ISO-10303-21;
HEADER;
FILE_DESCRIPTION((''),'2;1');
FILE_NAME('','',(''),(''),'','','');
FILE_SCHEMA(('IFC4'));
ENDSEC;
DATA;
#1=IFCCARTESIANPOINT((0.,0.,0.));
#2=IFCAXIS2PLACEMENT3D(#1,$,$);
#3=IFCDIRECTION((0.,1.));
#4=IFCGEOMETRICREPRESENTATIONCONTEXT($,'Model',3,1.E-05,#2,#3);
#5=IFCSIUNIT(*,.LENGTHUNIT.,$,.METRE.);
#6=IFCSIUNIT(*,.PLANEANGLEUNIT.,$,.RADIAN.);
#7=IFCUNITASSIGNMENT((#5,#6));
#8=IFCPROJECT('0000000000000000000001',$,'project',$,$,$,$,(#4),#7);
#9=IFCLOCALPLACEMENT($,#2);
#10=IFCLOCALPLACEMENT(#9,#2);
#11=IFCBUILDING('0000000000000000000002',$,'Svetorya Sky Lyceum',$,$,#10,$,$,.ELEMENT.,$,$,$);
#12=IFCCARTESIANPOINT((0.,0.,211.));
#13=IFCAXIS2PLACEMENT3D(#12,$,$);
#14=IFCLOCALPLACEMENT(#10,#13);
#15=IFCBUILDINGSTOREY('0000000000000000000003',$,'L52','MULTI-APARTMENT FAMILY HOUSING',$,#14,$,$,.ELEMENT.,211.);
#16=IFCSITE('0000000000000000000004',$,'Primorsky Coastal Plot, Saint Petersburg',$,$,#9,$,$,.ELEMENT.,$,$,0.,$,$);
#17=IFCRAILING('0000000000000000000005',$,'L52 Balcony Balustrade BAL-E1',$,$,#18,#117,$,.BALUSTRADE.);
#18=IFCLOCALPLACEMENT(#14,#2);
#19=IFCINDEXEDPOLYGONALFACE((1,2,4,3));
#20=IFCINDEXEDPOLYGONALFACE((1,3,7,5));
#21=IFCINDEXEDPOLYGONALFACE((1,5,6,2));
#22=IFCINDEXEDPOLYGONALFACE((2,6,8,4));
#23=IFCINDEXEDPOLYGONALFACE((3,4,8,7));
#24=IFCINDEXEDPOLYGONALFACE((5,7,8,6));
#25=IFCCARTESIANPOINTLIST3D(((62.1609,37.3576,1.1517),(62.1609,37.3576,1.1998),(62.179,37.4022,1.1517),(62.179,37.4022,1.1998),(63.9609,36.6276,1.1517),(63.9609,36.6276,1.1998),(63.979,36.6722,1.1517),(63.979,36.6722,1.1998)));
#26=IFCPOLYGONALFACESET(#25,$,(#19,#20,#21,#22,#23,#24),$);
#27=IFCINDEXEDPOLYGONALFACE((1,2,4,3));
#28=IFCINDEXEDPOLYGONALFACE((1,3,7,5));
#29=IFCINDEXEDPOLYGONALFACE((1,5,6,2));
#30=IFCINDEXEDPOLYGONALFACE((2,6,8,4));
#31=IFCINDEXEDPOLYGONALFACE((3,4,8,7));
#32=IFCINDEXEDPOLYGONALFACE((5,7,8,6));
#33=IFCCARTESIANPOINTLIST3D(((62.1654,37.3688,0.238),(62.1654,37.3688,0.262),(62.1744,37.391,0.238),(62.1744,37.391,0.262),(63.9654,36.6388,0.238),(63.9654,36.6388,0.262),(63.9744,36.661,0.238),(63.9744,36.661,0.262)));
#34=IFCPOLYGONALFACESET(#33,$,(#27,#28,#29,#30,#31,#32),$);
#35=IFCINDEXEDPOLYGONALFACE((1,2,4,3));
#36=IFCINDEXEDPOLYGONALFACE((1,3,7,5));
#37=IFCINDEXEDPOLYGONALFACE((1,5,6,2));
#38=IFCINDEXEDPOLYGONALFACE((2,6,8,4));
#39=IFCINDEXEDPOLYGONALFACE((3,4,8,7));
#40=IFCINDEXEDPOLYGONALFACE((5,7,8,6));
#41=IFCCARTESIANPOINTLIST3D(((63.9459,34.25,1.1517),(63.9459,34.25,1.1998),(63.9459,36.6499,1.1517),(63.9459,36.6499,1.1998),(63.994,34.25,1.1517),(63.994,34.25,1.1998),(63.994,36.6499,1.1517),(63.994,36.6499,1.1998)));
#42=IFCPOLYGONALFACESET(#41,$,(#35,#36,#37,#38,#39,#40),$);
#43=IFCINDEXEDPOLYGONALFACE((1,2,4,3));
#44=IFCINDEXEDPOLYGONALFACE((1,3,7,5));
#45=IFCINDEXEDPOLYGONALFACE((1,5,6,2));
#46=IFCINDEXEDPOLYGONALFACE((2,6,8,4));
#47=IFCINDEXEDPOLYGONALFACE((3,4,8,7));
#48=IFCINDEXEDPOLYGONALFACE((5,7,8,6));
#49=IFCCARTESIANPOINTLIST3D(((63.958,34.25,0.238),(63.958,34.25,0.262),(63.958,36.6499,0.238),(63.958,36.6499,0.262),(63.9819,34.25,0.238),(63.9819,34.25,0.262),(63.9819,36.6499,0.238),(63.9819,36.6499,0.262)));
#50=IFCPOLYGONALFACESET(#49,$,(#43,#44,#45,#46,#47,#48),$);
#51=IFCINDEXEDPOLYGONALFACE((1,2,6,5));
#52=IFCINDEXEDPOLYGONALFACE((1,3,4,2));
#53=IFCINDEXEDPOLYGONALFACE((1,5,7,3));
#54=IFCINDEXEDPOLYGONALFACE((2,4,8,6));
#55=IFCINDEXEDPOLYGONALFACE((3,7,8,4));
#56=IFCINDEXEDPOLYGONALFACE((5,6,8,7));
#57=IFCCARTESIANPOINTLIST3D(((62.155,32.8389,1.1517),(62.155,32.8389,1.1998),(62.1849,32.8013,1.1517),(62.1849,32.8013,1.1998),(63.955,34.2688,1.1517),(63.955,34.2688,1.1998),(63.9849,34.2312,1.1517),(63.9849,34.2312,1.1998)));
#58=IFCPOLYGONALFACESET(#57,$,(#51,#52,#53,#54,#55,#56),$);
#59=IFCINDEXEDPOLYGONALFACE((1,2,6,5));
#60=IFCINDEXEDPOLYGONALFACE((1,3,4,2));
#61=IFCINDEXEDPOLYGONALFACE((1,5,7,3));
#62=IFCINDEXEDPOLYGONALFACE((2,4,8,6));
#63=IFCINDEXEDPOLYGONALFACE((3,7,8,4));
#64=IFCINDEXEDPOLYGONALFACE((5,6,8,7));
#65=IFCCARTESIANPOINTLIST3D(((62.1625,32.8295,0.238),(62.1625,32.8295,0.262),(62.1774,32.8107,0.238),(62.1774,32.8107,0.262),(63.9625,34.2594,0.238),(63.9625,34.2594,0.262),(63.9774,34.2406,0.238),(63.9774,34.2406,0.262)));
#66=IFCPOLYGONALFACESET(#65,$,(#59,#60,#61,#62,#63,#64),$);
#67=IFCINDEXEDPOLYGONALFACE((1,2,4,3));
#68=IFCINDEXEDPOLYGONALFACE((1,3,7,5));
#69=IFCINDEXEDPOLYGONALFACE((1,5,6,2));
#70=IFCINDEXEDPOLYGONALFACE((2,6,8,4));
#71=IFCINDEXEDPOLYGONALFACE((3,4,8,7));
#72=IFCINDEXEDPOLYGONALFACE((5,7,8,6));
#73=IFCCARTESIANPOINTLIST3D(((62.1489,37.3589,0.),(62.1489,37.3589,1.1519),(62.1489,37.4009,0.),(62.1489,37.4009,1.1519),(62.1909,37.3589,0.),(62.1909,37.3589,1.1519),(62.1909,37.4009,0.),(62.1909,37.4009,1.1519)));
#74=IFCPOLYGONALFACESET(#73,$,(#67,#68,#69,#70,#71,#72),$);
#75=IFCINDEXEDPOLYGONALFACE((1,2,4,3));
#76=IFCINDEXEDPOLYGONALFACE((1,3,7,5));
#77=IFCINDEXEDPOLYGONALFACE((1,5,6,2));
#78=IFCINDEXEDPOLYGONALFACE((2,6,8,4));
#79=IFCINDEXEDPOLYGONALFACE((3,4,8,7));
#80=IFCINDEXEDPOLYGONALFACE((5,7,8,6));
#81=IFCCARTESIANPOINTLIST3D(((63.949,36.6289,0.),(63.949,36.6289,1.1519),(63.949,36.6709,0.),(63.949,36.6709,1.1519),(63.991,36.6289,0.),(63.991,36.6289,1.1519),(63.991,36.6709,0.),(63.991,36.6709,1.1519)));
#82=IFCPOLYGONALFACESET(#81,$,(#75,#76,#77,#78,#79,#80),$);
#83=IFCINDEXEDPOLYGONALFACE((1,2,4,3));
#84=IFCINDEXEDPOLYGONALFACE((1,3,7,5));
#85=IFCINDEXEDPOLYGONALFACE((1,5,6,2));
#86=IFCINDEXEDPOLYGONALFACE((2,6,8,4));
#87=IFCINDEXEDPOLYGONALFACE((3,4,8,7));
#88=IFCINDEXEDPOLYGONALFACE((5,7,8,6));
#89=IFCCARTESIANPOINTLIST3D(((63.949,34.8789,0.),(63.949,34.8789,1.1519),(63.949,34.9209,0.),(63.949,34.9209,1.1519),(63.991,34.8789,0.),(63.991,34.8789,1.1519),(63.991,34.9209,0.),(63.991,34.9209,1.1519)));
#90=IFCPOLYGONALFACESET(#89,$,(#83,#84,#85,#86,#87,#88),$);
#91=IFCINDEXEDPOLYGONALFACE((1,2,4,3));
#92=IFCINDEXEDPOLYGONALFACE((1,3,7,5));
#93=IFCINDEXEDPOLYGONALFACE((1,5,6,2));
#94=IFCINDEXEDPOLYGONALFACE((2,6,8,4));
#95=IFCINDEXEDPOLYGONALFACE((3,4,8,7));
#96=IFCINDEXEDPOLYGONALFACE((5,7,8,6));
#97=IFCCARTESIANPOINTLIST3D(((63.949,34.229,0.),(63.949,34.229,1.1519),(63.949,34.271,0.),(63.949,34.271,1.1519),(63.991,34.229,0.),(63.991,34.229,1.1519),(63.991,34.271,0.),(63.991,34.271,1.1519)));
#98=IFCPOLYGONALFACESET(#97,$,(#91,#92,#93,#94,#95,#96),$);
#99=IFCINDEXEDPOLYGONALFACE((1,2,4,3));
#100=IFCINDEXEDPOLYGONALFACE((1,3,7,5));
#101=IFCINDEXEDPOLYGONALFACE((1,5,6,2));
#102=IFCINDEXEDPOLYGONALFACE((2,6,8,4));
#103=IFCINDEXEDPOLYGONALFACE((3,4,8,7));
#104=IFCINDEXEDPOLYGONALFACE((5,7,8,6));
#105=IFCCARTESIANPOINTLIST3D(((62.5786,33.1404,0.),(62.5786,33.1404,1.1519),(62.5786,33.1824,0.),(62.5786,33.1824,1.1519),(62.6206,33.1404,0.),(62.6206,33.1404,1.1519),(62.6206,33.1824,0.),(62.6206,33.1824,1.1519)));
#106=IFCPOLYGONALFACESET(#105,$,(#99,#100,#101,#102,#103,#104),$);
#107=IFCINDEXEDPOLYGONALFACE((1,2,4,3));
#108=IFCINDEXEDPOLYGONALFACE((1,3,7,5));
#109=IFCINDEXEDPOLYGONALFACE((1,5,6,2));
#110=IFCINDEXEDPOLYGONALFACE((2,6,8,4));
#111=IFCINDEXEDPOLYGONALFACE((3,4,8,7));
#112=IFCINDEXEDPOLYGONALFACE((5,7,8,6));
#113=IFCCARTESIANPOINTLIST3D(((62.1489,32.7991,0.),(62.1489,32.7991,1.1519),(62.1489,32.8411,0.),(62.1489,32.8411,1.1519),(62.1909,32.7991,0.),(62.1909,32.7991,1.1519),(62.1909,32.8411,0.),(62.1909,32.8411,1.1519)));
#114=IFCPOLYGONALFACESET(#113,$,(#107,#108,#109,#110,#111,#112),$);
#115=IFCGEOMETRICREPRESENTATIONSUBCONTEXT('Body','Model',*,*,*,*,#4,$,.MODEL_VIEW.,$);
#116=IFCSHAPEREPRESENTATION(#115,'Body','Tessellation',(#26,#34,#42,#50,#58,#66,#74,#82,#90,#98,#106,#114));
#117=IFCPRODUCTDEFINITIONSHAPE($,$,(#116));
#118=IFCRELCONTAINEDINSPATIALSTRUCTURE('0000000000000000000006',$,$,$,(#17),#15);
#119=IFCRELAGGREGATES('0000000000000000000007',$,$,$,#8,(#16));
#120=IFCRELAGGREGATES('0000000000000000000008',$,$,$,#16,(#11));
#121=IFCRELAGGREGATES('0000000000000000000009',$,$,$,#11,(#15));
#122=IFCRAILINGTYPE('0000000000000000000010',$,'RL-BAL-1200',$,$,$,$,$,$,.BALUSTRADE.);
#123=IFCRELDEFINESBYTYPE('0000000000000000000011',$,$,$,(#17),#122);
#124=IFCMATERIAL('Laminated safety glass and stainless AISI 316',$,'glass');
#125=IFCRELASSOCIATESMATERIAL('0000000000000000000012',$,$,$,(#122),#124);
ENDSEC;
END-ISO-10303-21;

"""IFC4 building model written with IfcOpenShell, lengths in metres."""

from ifc_helpers import new_model, si_unit, direction, frame, origin, origin_2d, place, context, subcontext, project, spatial, rectangle, extrude, material, type_object, element, save


model = new_model("IFC4")

# Units and contexts
model_context = context("Model", 3, precision=1e-05, world=origin(), true_north=direction((0.0, 1.0)))
body_context = subcontext(model_context, "Body", "Model", "MODEL_VIEW")
ifc_project = project(units=[si_unit("LENGTHUNIT", "METRE"), si_unit("PLANEANGLEUNIT", "RADIAN")], contexts=[model_context])

# Site, building, storey
site_placement = place(None, origin())
site = spatial("IfcSite", under=ifc_project, at=site_placement, Name="Primorsky Coastal Plot, Saint Petersburg", CompositionType="ELEMENT", RefElevation=0.0)
building_placement = place(site_placement, origin())
building = spatial("IfcBuilding", under=site, at=building_placement, Name="Svetorya Sky Lyceum", CompositionType="ELEMENT")
storey_placement = place(building_placement, frame((0.0, 0.0, 211.0)))
storey = spatial("IfcBuildingStorey", under=building, at=storey_placement, Name="L52", Description="MULTI-APARTMENT FAMILY HOUSING", CompositionType="ELEMENT", Elevation=211.0)

# Railing
ifc_material_1 = material(Name="Laminated safety glass and stainless AISI 316", Category="glass")
railing_type = type_object("IfcRailingType", Name="RL-BAL-1200", PredefinedType="BALUSTRADE", material=ifc_material_1)
railing_placement = place(storey_placement, frame((62.1699, 37.3799, 0.0)))
element("IfcRailing", 1, at=railing_placement, inside=storey, type_object=railing_type, Name="L52 Balcony Balustrade BAL-E1", PredefinedType="BALUSTRADE", context=body_context, shape_type="SweptSolid", body=[
    extrude(rectangle(XDim=0.0481, YDim=0.0481, at=origin_2d()), frame((0.0, 0.0, 1.1758), z_axis=(0.926698, -0.375807, 0.0), x_axis=(0.375807, 0.926698, 0.0)), (0.0, 0.0, 1.0), 1.9424),
    extrude(rectangle(XDim=0.0239, YDim=0.0239, at=origin_2d()), frame((0.0, 0.0, 0.25), z_axis=(0.926698, -0.375807, 0.0), x_axis=(0.375807, 0.926698, 0.0)), (0.0, 0.0, 1.0), 1.9424),
    extrude(rectangle(XDim=0.0481, YDim=0.0481, at=origin_2d()), frame((1.8, -0.73, 1.1758), z_axis=(0.0, -1.0, 0.0), x_axis=(1.0, 0.0, 0.0)), (0.0, 0.0, 1.0), 2.3999),
    extrude(rectangle(XDim=0.0239, YDim=0.0239, at=origin_2d()), frame((1.8, -0.73, 0.25), z_axis=(0.0, -1.0, 0.0), x_axis=(1.0, 0.0, 0.0)), (0.0, 0.0, 1.0), 2.3999),
    extrude(rectangle(XDim=0.0481, YDim=0.0481, at=origin_2d()), frame((1.8, -3.1299, 1.1758), z_axis=(-0.783009, -0.62201, 0.0), x_axis=(0.62201, -0.783009, 0.0)), (0.0, 0.0, 1.0), 2.2988),
    extrude(rectangle(XDim=0.0239, YDim=0.0239, at=origin_2d()), frame((1.8, -3.1299, 0.25), z_axis=(-0.783009, -0.62201, 0.0), x_axis=(0.62201, -0.783009, 0.0)), (0.0, 0.0, 1.0), 2.2988),
    extrude(rectangle(XDim=0.042, YDim=0.042, at=origin_2d()), origin(), (0.0, 0.0, 1.0), 1.1519),
    extrude(rectangle(XDim=0.042, YDim=0.042, at=origin_2d()), frame((1.8, -0.73, 0.0)), (0.0, 0.0, 1.0), 1.1519),
    extrude(rectangle(XDim=0.042, YDim=0.042, at=origin_2d()), frame((1.8, -2.48, 0.0)), (0.0, 0.0, 1.0), 1.1519),
    extrude(rectangle(XDim=0.042, YDim=0.042, at=origin_2d()), frame((1.8, -3.1299, 0.0)), (0.0, 0.0, 1.0), 1.1519),
    extrude(rectangle(XDim=0.042, YDim=0.042, at=origin_2d()), frame((0.4297, -4.2185, 0.0)), (0.0, 0.0, 1.0), 1.1519),
    extrude(rectangle(XDim=0.042, YDim=0.042, at=origin_2d()), frame((0.0, -4.5598, 0.0)), (0.0, 0.0, 1.0), 1.1519),
])

save(model, "model.ifc")
